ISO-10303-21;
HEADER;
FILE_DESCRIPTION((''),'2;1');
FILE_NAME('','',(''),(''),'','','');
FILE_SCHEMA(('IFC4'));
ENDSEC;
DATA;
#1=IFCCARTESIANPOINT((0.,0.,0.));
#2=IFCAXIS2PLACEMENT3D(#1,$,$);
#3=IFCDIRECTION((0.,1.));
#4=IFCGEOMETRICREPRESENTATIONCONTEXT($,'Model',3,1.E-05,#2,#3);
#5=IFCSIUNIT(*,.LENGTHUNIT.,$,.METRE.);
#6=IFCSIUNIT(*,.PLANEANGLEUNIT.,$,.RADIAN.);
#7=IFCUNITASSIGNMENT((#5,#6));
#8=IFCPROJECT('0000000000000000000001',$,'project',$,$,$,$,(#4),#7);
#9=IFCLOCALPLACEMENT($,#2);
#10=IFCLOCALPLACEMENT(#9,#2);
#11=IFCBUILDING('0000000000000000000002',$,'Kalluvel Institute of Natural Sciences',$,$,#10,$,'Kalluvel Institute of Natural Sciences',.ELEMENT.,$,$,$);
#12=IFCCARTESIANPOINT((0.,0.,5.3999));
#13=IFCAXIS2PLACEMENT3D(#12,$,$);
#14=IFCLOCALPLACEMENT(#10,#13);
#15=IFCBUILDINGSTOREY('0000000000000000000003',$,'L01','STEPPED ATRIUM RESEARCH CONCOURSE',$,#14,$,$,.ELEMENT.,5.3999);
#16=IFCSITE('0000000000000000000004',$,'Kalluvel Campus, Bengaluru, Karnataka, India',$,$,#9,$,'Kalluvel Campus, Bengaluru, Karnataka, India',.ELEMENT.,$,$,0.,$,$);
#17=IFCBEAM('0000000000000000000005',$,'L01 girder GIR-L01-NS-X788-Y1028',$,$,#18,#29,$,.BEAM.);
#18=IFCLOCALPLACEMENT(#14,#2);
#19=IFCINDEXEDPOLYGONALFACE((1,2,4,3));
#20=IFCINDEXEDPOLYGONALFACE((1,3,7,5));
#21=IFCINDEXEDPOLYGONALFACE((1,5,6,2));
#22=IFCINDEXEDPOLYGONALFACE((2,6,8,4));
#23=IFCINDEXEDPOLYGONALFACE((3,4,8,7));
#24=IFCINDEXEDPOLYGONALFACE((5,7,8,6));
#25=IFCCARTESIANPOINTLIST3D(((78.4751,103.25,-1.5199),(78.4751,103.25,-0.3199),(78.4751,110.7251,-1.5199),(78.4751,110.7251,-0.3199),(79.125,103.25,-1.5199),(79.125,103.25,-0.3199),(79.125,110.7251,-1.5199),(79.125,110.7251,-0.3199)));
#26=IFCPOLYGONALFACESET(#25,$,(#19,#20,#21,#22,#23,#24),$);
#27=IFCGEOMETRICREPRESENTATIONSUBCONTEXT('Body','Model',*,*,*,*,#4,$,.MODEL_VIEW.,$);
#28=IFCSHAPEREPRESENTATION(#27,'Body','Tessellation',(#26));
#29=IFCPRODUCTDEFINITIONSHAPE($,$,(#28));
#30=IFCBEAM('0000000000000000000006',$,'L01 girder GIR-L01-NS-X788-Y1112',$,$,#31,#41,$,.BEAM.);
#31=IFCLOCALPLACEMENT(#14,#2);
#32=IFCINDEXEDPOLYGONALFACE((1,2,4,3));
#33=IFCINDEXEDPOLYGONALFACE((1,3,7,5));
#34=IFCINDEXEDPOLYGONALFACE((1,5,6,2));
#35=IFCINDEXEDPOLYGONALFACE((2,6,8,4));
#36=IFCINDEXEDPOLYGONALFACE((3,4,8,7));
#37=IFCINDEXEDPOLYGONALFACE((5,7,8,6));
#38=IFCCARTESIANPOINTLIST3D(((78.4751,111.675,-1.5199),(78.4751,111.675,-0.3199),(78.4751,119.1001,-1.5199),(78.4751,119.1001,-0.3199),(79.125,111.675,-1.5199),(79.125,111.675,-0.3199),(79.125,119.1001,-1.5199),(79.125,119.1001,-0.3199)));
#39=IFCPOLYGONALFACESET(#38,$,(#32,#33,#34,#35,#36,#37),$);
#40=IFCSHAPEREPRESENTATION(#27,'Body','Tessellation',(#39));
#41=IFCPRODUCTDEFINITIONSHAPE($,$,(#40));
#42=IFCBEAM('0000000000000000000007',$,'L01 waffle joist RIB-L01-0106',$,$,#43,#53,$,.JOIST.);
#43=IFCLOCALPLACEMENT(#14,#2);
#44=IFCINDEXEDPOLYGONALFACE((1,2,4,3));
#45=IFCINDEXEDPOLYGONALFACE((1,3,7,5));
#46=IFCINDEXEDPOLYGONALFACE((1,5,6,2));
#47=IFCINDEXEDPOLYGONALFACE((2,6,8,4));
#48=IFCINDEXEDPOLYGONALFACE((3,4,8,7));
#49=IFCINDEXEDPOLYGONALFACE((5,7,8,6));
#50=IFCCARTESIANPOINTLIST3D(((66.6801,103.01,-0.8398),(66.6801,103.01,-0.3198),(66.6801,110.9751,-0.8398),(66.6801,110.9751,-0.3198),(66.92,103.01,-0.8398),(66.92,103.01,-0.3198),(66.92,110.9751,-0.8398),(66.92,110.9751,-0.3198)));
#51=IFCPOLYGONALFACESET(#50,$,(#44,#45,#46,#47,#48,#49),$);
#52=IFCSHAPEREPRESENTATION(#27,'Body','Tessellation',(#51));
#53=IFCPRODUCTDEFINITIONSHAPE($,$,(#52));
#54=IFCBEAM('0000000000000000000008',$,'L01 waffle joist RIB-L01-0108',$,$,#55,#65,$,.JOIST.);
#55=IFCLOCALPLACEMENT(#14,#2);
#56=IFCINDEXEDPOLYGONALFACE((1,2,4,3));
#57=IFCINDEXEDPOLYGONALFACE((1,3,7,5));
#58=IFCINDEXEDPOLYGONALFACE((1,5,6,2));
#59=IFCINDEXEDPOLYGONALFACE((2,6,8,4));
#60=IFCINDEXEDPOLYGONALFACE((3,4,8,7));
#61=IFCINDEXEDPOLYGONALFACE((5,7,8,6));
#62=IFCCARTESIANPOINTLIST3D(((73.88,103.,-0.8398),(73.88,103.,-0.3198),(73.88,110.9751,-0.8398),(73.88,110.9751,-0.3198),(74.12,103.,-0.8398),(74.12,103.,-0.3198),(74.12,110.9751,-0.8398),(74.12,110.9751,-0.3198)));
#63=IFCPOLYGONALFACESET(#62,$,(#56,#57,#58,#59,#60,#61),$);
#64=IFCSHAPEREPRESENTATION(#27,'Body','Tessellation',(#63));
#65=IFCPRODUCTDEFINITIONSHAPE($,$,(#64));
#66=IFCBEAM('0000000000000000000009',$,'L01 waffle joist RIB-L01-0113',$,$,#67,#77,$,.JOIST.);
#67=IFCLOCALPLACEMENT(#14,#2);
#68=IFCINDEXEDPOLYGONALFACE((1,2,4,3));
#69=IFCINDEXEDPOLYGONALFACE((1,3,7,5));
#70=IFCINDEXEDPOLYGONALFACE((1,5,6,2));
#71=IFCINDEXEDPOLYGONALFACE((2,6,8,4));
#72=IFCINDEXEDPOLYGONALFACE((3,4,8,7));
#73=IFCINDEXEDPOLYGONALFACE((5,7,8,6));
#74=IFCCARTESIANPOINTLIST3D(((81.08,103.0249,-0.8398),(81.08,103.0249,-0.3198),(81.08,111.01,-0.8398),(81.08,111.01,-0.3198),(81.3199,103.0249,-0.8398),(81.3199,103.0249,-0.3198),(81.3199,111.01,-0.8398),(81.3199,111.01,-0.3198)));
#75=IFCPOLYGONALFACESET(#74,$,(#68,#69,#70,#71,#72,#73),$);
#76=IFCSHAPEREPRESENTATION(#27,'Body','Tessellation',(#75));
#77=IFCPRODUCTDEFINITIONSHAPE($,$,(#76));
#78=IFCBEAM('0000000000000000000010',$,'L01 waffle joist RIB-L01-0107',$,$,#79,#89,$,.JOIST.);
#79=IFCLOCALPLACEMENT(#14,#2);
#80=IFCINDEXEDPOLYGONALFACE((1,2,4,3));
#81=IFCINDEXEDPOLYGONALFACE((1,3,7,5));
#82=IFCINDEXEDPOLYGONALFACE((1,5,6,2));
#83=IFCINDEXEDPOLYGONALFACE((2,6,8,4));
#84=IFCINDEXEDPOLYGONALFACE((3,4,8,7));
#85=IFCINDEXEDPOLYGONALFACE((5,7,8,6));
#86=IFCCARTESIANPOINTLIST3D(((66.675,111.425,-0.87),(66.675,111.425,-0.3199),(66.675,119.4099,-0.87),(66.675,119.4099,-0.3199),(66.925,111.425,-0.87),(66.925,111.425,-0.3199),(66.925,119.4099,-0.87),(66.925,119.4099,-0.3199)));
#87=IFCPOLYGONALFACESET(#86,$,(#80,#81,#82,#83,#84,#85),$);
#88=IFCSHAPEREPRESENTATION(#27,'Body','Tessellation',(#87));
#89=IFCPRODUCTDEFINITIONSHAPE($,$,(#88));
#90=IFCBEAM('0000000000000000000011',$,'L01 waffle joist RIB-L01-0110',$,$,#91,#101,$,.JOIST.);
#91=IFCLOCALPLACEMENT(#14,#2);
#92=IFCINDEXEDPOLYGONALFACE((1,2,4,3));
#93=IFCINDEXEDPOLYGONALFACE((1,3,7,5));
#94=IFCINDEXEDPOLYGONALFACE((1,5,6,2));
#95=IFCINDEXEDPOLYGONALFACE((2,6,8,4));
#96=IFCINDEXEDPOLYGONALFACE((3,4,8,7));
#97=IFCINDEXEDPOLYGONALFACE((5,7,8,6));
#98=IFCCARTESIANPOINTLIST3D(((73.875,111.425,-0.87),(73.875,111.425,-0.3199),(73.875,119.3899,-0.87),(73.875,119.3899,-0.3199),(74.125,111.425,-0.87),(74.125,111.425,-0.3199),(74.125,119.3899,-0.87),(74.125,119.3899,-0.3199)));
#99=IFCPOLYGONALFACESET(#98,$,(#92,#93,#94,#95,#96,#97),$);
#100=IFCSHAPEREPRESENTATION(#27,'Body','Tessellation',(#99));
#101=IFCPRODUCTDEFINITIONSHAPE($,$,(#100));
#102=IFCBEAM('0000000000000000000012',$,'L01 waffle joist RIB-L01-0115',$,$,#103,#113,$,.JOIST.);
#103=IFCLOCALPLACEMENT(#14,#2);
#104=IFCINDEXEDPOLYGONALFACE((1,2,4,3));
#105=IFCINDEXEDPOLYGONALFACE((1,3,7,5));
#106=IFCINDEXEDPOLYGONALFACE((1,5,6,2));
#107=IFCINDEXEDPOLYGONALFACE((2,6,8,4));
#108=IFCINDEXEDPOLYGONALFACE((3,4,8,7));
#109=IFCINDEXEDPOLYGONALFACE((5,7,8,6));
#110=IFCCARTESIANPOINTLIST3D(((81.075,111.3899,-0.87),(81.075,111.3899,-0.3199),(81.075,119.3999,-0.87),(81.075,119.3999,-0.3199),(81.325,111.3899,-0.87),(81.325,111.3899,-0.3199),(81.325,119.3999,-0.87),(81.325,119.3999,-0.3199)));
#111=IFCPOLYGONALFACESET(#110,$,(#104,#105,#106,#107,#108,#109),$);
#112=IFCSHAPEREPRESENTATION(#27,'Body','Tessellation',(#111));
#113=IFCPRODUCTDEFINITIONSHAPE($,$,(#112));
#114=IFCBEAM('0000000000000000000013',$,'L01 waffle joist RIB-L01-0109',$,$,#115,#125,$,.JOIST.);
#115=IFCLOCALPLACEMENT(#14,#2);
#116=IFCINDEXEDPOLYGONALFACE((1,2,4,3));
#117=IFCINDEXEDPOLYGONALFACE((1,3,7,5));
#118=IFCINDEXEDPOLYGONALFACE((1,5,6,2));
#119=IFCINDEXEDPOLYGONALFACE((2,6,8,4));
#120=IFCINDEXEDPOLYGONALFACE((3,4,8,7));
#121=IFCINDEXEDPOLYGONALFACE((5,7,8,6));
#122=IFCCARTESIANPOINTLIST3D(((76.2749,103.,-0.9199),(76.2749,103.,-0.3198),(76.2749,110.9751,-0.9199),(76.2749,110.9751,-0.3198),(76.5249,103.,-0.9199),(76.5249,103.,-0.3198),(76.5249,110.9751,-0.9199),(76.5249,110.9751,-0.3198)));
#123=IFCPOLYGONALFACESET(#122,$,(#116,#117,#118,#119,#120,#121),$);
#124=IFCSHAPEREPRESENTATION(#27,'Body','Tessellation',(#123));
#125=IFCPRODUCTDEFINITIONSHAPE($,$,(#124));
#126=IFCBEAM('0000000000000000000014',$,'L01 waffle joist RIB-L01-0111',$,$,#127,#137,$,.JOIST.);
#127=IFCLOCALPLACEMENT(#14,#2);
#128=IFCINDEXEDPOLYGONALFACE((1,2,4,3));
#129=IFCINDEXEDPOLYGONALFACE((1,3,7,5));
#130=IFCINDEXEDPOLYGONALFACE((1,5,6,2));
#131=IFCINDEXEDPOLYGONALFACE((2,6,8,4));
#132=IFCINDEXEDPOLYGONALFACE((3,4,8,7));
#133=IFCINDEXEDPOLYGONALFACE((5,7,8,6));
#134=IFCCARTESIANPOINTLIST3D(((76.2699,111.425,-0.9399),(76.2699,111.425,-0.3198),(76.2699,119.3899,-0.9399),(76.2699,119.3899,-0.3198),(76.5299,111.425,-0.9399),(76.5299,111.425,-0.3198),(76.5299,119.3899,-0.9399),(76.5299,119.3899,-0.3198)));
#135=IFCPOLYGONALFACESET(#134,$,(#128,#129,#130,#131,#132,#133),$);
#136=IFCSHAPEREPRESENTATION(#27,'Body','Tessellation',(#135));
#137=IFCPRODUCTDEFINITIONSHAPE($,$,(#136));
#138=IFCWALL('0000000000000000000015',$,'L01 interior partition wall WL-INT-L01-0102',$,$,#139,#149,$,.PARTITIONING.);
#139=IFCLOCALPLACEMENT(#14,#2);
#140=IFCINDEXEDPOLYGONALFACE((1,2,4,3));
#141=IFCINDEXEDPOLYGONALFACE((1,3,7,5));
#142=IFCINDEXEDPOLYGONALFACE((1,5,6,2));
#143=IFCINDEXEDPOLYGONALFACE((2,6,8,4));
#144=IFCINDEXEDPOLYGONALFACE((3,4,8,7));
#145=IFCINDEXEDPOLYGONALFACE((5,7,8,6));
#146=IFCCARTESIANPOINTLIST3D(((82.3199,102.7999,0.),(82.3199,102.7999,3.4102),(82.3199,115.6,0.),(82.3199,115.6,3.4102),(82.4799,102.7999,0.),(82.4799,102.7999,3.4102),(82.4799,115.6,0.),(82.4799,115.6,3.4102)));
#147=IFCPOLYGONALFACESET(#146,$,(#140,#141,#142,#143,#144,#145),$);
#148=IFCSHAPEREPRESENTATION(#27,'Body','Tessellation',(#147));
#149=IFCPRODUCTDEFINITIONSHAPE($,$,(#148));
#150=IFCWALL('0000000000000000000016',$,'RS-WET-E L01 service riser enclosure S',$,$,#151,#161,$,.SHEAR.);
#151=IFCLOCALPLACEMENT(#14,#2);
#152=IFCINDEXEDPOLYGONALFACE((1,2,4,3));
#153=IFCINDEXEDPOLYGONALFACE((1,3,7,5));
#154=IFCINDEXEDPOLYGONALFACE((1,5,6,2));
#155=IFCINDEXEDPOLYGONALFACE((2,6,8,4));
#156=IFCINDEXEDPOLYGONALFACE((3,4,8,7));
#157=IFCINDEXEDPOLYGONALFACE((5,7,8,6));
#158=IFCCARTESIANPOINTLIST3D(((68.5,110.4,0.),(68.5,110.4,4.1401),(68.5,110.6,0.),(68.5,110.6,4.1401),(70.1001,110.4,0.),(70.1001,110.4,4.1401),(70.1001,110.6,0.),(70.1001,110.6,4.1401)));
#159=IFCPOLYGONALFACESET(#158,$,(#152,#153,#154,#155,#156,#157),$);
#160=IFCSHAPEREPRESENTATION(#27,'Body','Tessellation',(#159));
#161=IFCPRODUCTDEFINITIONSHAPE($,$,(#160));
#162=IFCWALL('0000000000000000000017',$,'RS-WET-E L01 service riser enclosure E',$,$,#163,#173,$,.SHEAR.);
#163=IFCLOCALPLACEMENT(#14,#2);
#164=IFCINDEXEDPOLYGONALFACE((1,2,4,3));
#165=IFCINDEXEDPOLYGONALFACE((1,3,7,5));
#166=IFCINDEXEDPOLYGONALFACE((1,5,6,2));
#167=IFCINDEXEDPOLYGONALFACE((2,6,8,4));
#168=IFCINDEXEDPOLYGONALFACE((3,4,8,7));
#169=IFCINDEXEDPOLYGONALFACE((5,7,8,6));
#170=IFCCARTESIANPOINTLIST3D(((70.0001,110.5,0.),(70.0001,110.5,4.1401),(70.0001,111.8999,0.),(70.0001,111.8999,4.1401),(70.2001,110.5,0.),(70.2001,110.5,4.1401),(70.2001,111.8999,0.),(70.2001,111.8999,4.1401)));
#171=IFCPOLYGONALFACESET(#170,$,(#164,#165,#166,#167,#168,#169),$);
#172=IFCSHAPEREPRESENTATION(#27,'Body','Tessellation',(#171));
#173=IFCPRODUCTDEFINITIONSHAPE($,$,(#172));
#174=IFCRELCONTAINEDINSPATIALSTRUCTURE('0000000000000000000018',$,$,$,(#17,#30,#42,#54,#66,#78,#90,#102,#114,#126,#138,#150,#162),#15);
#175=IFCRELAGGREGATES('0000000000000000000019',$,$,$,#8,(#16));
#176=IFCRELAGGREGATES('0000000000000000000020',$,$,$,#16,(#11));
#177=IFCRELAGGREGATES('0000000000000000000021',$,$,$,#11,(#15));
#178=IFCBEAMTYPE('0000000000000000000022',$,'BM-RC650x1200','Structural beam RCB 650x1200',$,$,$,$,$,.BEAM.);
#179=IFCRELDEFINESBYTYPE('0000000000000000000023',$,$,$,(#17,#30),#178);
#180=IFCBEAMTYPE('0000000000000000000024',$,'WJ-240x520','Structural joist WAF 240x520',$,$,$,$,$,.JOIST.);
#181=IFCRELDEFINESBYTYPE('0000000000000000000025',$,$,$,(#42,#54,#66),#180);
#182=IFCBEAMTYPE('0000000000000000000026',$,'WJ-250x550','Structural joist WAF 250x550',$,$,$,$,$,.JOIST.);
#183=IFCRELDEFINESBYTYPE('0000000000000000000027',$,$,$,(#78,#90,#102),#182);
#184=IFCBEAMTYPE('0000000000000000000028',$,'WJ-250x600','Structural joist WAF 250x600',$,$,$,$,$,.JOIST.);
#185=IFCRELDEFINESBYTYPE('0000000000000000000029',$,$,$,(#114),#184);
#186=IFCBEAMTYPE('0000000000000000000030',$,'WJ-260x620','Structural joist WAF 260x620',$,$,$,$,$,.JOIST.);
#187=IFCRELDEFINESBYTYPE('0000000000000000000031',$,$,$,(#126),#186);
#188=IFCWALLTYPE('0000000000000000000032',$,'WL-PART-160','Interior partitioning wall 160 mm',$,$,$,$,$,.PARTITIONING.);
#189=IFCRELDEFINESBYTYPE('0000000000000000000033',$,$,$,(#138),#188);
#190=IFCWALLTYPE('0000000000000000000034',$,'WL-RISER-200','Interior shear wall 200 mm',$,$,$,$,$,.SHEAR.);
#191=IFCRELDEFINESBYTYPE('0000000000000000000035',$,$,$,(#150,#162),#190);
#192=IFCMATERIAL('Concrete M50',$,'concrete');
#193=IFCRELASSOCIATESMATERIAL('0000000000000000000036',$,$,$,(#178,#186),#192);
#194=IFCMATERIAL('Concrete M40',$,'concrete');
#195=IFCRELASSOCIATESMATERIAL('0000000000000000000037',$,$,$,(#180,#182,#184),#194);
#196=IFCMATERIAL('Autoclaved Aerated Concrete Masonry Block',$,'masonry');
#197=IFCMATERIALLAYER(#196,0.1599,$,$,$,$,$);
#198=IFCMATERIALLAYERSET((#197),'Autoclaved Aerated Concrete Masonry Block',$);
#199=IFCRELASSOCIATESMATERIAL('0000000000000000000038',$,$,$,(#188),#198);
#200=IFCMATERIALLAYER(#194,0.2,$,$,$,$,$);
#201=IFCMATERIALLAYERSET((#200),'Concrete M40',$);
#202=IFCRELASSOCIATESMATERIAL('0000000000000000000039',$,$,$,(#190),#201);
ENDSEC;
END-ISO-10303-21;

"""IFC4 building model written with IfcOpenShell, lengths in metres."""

from ifc_helpers import new_model, si_unit, direction, frame, frame_2d, origin, origin_2d, place, context, subcontext, project, spatial, rectangle, extrude, material, layer, layer_set, material_profile, profile_set, type_object, element, save


model = new_model("IFC4")

# Units and contexts
model_context = context("Model", 3, precision=1e-05, world=origin(), true_north=direction((0.0, 1.0)))
body_context = subcontext(model_context, "Body", "Model", "MODEL_VIEW")
ifc_project = project(units=[si_unit("LENGTHUNIT", "METRE"), si_unit("PLANEANGLEUNIT", "RADIAN")], contexts=[model_context])

# Site, building, storey
site_placement = place(None, origin())
site = spatial("IfcSite", under=ifc_project, at=site_placement, Name="Kalluvel Campus, Bengaluru, Karnataka, India", LongName="Kalluvel Campus, Bengaluru, Karnataka, India", CompositionType="ELEMENT", RefElevation=0.0)
building_placement = place(site_placement, origin())
building = spatial("IfcBuilding", under=site, at=building_placement, Name="Kalluvel Institute of Natural Sciences", LongName="Kalluvel Institute of Natural Sciences", CompositionType="ELEMENT")
storey_placement = place(building_placement, frame((0.0, 0.0, 5.3999)))
storey = spatial("IfcBuildingStorey", under=building, at=storey_placement, Name="L01", Description="STEPPED ATRIUM RESEARCH CONCOURSE", CompositionType="ELEMENT", Elevation=5.3999)

# Shared definitions
ifc_material_1 = material(Name="Concrete M50", Category="concrete")

# Beams
ifc_material_2 = material(Name="Concrete M40", Category="concrete")
ifc_material_profile_1 = material_profile(ifc_material_1, rectangle(XDim=0.6499, YDim=1.2, at=origin_2d()), Name="RCB 650x1200")
ifc_profile_set_1 = profile_set([ifc_material_profile_1], Name="Concrete M50")
beam_type_1 = type_object("IfcBeamType", Name="BM-RC650x1200", Description="Structural beam RCB 650x1200", PredefinedType="BEAM", material=ifc_profile_set_1)
beam_1_placement = place(storey_placement, frame((78.8, 103.25, -0.9199), z_axis=(0.0, 1.0, 0.0), x_axis=(-1.0, 0.0, 0.0)))
element("IfcBeam", 1, at=beam_1_placement, inside=storey, type_object=beam_type_1, Name="L01 girder GIR-L01-NS-X788-Y1028", PredefinedType="BEAM", context=body_context, shape_type="SweptSolid", body=[
    extrude(rectangle(XDim=0.6499, YDim=1.2, at=origin_2d()), origin(), (0.0, 0.0, 1.0), 7.4751),
])
beam_2_placement = place(storey_placement, frame((78.8, 111.675, -0.9199), z_axis=(0.0, 1.0, 0.0), x_axis=(-1.0, 0.0, 0.0)))
element("IfcBeam", 2, at=beam_2_placement, inside=storey, type_object=beam_type_1, Name="L01 girder GIR-L01-NS-X788-Y1112", PredefinedType="BEAM", context=body_context, shape_type="SweptSolid", body=[
    extrude(rectangle(XDim=0.6499, YDim=1.2, at=origin_2d()), origin(), (0.0, 0.0, 1.0), 7.425),
])
ifc_material_profile_2 = material_profile(ifc_material_2, rectangle(XDim=0.24, YDim=0.52, at=origin_2d()), Name="WAF 240x520")
ifc_profile_set_2 = profile_set([ifc_material_profile_2], Name="Concrete M40")
beam_type_2 = type_object("IfcBeamType", Name="WJ-240x520", Description="Structural joist WAF 240x520", PredefinedType="JOIST", material=ifc_profile_set_2)
beam_3_placement = place(storey_placement, frame((66.8, 103.01, -0.5798), z_axis=(0.0, 1.0, 0.0), x_axis=(-1.0, 0.0, 0.0)))
element("IfcBeam", 3, at=beam_3_placement, inside=storey, type_object=beam_type_2, Name="L01 waffle joist RIB-L01-0106", PredefinedType="JOIST", context=body_context, shape_type="SweptSolid", body=[
    extrude(rectangle(XDim=0.24, YDim=0.52, at=origin_2d()), origin(), (0.0, 0.0, 1.0), 7.9651),
])
beam_4_placement = place(storey_placement, frame((74.0, 103.0, -0.5798), z_axis=(0.0, 1.0, 0.0), x_axis=(-1.0, 0.0, 0.0)))
element("IfcBeam", 4, at=beam_4_placement, inside=storey, type_object=beam_type_2, Name="L01 waffle joist RIB-L01-0108", PredefinedType="JOIST", context=body_context, shape_type="SweptSolid", body=[
    extrude(rectangle(XDim=0.24, YDim=0.52, at=origin_2d()), origin(), (0.0, 0.0, 1.0), 7.9751),
])
beam_5_placement = place(storey_placement, frame((81.2, 103.0249, -0.5798), z_axis=(0.0, 1.0, 0.0), x_axis=(-1.0, 0.0, 0.0)))
element("IfcBeam", 5, at=beam_5_placement, inside=storey, type_object=beam_type_2, Name="L01 waffle joist RIB-L01-0113", PredefinedType="JOIST", context=body_context, shape_type="SweptSolid", body=[
    extrude(rectangle(XDim=0.24, YDim=0.52, at=origin_2d()), origin(), (0.0, 0.0, 1.0), 7.9851),
])
ifc_material_profile_3 = material_profile(ifc_material_2, rectangle(XDim=0.25, YDim=0.55, at=origin_2d()), Name="WAF 250x550")
ifc_profile_set_3 = profile_set([ifc_material_profile_3], Name="Concrete M40")
beam_type_3 = type_object("IfcBeamType", Name="WJ-250x550", Description="Structural joist WAF 250x550", PredefinedType="JOIST", material=ifc_profile_set_3)
beam_6_placement = place(storey_placement, frame((66.8, 111.425, -0.595), z_axis=(0.0, 1.0, 0.0), x_axis=(-1.0, 0.0, 0.0)))
element("IfcBeam", 6, at=beam_6_placement, inside=storey, type_object=beam_type_3, Name="L01 waffle joist RIB-L01-0107", PredefinedType="JOIST", context=body_context, shape_type="SweptSolid", body=[
    extrude(rectangle(XDim=0.25, YDim=0.55, at=origin_2d()), origin(), (0.0, 0.0, 1.0), 7.9849),
])
beam_7_placement = place(storey_placement, frame((74.0, 111.425, -0.595), z_axis=(0.0, 1.0, 0.0), x_axis=(-1.0, 0.0, 0.0)))
element("IfcBeam", 7, at=beam_7_placement, inside=storey, type_object=beam_type_3, Name="L01 waffle joist RIB-L01-0110", PredefinedType="JOIST", context=body_context, shape_type="SweptSolid", body=[
    extrude(rectangle(XDim=0.25, YDim=0.55, at=origin_2d()), origin(), (0.0, 0.0, 1.0), 7.9648),
])
beam_8_placement = place(storey_placement, frame((81.2, 111.3899, -0.595), z_axis=(0.0, 1.0, 0.0), x_axis=(-1.0, 0.0, 0.0)))
element("IfcBeam", 8, at=beam_8_placement, inside=storey, type_object=beam_type_3, Name="L01 waffle joist RIB-L01-0115", PredefinedType="JOIST", context=body_context, shape_type="SweptSolid", body=[
    extrude(rectangle(XDim=0.25, YDim=0.55, at=origin_2d()), origin(), (0.0, 0.0, 1.0), 8.01),
])
ifc_material_profile_4 = material_profile(ifc_material_2, rectangle(XDim=0.25, YDim=0.6001, at=origin_2d()), Name="WAF 250x600")
ifc_profile_set_4 = profile_set([ifc_material_profile_4], Name="Concrete M40")
beam_type_4 = type_object("IfcBeamType", Name="WJ-250x600", Description="Structural joist WAF 250x600", PredefinedType="JOIST", material=ifc_profile_set_4)
beam_9_placement = place(storey_placement, frame((76.3999, 103.0, -0.6199), z_axis=(0.0, 1.0, 0.0), x_axis=(-1.0, 0.0, 0.0)))
element("IfcBeam", 9, at=beam_9_placement, inside=storey, type_object=beam_type_4, Name="L01 waffle joist RIB-L01-0109", PredefinedType="JOIST", context=body_context, shape_type="SweptSolid", body=[
    extrude(rectangle(XDim=0.25, YDim=0.6001, at=origin_2d()), origin(), (0.0, 0.0, 1.0), 7.9751),
])
ifc_material_profile_5 = material_profile(ifc_material_1, rectangle(XDim=0.26, YDim=0.6201, at=origin_2d()), Name="WAF 260x620")
ifc_profile_set_5 = profile_set([ifc_material_profile_5], Name="Concrete M50")
beam_type_5 = type_object("IfcBeamType", Name="WJ-260x620", Description="Structural joist WAF 260x620", PredefinedType="JOIST", material=ifc_profile_set_5)
beam_10_placement = place(storey_placement, frame((76.3999, 111.425, -0.6299), z_axis=(0.0, 1.0, 0.0), x_axis=(-1.0, 0.0, 0.0)))
element("IfcBeam", 10, at=beam_10_placement, inside=storey, type_object=beam_type_5, Name="L01 waffle joist RIB-L01-0111", PredefinedType="JOIST", context=body_context, shape_type="SweptSolid", body=[
    extrude(rectangle(XDim=0.26, YDim=0.6201, at=origin_2d()), origin(), (0.0, 0.0, 1.0), 7.9648),
])

# Walls
ifc_material_3 = material(Name="Autoclaved Aerated Concrete Masonry Block", Category="masonry")
ifc_layer_1 = layer(ifc_material_3, 0.1599)
ifc_layer_set_1 = layer_set([ifc_layer_1], Name="Autoclaved Aerated Concrete Masonry Block")
wall_type_1 = type_object("IfcWallType", Name="WL-PART-160", Description="Interior partitioning wall 160 mm", PredefinedType="PARTITIONING", material=ifc_layer_set_1)
wall_1_placement = place(storey_placement, frame((82.3999, 102.8, 0.0), z_axis=(0.0, 0.0, 1.0), x_axis=(0.0, 1.0, 0.0)))
element("IfcWall", 11, at=wall_1_placement, inside=storey, type_object=wall_type_1, Name="L01 interior partition wall WL-INT-L01-0102", PredefinedType="PARTITIONING", context=body_context, shape_type="SweptSolid", body=[
    extrude(rectangle(XDim=12.8, YDim=0.1599, at=frame_2d((6.3999, 0.0))), origin(), (0.0, 0.0, 1.0), 3.4102),
])
ifc_layer_2 = layer(ifc_material_2, 0.2)
ifc_layer_set_2 = layer_set([ifc_layer_2], Name="Concrete M40")
wall_type_2 = type_object("IfcWallType", Name="WL-RISER-200", Description="Interior shear wall 200 mm", PredefinedType="SHEAR", material=ifc_layer_set_2)
wall_2_placement = place(storey_placement, frame((68.5, 110.5, 0.0), z_axis=(0.0, 0.0, 1.0), x_axis=(1.0, 0.0, 0.0)))
element("IfcWall", 12, at=wall_2_placement, inside=storey, type_object=wall_type_2, Name="RS-WET-E L01 service riser enclosure S", PredefinedType="SHEAR", context=body_context, shape_type="SweptSolid", body=[
    extrude(rectangle(XDim=1.6001, YDim=0.2, at=frame_2d((0.8, 0.0))), origin(), (0.0, 0.0, 1.0), 4.1401),
])
wall_3_placement = place(storey_placement, frame((70.1001, 110.5, 0.0), z_axis=(0.0, 0.0, 1.0), x_axis=(0.0, 1.0, 0.0)))
element("IfcWall", 13, at=wall_3_placement, inside=storey, type_object=wall_type_2, Name="RS-WET-E L01 service riser enclosure E", PredefinedType="SHEAR", context=body_context, shape_type="SweptSolid", body=[
    extrude(rectangle(XDim=1.3999, YDim=0.2, at=frame_2d((0.7, 0.0))), origin(), (0.0, 0.0, 1.0), 4.1401),
])

save(model, "model.ifc")
